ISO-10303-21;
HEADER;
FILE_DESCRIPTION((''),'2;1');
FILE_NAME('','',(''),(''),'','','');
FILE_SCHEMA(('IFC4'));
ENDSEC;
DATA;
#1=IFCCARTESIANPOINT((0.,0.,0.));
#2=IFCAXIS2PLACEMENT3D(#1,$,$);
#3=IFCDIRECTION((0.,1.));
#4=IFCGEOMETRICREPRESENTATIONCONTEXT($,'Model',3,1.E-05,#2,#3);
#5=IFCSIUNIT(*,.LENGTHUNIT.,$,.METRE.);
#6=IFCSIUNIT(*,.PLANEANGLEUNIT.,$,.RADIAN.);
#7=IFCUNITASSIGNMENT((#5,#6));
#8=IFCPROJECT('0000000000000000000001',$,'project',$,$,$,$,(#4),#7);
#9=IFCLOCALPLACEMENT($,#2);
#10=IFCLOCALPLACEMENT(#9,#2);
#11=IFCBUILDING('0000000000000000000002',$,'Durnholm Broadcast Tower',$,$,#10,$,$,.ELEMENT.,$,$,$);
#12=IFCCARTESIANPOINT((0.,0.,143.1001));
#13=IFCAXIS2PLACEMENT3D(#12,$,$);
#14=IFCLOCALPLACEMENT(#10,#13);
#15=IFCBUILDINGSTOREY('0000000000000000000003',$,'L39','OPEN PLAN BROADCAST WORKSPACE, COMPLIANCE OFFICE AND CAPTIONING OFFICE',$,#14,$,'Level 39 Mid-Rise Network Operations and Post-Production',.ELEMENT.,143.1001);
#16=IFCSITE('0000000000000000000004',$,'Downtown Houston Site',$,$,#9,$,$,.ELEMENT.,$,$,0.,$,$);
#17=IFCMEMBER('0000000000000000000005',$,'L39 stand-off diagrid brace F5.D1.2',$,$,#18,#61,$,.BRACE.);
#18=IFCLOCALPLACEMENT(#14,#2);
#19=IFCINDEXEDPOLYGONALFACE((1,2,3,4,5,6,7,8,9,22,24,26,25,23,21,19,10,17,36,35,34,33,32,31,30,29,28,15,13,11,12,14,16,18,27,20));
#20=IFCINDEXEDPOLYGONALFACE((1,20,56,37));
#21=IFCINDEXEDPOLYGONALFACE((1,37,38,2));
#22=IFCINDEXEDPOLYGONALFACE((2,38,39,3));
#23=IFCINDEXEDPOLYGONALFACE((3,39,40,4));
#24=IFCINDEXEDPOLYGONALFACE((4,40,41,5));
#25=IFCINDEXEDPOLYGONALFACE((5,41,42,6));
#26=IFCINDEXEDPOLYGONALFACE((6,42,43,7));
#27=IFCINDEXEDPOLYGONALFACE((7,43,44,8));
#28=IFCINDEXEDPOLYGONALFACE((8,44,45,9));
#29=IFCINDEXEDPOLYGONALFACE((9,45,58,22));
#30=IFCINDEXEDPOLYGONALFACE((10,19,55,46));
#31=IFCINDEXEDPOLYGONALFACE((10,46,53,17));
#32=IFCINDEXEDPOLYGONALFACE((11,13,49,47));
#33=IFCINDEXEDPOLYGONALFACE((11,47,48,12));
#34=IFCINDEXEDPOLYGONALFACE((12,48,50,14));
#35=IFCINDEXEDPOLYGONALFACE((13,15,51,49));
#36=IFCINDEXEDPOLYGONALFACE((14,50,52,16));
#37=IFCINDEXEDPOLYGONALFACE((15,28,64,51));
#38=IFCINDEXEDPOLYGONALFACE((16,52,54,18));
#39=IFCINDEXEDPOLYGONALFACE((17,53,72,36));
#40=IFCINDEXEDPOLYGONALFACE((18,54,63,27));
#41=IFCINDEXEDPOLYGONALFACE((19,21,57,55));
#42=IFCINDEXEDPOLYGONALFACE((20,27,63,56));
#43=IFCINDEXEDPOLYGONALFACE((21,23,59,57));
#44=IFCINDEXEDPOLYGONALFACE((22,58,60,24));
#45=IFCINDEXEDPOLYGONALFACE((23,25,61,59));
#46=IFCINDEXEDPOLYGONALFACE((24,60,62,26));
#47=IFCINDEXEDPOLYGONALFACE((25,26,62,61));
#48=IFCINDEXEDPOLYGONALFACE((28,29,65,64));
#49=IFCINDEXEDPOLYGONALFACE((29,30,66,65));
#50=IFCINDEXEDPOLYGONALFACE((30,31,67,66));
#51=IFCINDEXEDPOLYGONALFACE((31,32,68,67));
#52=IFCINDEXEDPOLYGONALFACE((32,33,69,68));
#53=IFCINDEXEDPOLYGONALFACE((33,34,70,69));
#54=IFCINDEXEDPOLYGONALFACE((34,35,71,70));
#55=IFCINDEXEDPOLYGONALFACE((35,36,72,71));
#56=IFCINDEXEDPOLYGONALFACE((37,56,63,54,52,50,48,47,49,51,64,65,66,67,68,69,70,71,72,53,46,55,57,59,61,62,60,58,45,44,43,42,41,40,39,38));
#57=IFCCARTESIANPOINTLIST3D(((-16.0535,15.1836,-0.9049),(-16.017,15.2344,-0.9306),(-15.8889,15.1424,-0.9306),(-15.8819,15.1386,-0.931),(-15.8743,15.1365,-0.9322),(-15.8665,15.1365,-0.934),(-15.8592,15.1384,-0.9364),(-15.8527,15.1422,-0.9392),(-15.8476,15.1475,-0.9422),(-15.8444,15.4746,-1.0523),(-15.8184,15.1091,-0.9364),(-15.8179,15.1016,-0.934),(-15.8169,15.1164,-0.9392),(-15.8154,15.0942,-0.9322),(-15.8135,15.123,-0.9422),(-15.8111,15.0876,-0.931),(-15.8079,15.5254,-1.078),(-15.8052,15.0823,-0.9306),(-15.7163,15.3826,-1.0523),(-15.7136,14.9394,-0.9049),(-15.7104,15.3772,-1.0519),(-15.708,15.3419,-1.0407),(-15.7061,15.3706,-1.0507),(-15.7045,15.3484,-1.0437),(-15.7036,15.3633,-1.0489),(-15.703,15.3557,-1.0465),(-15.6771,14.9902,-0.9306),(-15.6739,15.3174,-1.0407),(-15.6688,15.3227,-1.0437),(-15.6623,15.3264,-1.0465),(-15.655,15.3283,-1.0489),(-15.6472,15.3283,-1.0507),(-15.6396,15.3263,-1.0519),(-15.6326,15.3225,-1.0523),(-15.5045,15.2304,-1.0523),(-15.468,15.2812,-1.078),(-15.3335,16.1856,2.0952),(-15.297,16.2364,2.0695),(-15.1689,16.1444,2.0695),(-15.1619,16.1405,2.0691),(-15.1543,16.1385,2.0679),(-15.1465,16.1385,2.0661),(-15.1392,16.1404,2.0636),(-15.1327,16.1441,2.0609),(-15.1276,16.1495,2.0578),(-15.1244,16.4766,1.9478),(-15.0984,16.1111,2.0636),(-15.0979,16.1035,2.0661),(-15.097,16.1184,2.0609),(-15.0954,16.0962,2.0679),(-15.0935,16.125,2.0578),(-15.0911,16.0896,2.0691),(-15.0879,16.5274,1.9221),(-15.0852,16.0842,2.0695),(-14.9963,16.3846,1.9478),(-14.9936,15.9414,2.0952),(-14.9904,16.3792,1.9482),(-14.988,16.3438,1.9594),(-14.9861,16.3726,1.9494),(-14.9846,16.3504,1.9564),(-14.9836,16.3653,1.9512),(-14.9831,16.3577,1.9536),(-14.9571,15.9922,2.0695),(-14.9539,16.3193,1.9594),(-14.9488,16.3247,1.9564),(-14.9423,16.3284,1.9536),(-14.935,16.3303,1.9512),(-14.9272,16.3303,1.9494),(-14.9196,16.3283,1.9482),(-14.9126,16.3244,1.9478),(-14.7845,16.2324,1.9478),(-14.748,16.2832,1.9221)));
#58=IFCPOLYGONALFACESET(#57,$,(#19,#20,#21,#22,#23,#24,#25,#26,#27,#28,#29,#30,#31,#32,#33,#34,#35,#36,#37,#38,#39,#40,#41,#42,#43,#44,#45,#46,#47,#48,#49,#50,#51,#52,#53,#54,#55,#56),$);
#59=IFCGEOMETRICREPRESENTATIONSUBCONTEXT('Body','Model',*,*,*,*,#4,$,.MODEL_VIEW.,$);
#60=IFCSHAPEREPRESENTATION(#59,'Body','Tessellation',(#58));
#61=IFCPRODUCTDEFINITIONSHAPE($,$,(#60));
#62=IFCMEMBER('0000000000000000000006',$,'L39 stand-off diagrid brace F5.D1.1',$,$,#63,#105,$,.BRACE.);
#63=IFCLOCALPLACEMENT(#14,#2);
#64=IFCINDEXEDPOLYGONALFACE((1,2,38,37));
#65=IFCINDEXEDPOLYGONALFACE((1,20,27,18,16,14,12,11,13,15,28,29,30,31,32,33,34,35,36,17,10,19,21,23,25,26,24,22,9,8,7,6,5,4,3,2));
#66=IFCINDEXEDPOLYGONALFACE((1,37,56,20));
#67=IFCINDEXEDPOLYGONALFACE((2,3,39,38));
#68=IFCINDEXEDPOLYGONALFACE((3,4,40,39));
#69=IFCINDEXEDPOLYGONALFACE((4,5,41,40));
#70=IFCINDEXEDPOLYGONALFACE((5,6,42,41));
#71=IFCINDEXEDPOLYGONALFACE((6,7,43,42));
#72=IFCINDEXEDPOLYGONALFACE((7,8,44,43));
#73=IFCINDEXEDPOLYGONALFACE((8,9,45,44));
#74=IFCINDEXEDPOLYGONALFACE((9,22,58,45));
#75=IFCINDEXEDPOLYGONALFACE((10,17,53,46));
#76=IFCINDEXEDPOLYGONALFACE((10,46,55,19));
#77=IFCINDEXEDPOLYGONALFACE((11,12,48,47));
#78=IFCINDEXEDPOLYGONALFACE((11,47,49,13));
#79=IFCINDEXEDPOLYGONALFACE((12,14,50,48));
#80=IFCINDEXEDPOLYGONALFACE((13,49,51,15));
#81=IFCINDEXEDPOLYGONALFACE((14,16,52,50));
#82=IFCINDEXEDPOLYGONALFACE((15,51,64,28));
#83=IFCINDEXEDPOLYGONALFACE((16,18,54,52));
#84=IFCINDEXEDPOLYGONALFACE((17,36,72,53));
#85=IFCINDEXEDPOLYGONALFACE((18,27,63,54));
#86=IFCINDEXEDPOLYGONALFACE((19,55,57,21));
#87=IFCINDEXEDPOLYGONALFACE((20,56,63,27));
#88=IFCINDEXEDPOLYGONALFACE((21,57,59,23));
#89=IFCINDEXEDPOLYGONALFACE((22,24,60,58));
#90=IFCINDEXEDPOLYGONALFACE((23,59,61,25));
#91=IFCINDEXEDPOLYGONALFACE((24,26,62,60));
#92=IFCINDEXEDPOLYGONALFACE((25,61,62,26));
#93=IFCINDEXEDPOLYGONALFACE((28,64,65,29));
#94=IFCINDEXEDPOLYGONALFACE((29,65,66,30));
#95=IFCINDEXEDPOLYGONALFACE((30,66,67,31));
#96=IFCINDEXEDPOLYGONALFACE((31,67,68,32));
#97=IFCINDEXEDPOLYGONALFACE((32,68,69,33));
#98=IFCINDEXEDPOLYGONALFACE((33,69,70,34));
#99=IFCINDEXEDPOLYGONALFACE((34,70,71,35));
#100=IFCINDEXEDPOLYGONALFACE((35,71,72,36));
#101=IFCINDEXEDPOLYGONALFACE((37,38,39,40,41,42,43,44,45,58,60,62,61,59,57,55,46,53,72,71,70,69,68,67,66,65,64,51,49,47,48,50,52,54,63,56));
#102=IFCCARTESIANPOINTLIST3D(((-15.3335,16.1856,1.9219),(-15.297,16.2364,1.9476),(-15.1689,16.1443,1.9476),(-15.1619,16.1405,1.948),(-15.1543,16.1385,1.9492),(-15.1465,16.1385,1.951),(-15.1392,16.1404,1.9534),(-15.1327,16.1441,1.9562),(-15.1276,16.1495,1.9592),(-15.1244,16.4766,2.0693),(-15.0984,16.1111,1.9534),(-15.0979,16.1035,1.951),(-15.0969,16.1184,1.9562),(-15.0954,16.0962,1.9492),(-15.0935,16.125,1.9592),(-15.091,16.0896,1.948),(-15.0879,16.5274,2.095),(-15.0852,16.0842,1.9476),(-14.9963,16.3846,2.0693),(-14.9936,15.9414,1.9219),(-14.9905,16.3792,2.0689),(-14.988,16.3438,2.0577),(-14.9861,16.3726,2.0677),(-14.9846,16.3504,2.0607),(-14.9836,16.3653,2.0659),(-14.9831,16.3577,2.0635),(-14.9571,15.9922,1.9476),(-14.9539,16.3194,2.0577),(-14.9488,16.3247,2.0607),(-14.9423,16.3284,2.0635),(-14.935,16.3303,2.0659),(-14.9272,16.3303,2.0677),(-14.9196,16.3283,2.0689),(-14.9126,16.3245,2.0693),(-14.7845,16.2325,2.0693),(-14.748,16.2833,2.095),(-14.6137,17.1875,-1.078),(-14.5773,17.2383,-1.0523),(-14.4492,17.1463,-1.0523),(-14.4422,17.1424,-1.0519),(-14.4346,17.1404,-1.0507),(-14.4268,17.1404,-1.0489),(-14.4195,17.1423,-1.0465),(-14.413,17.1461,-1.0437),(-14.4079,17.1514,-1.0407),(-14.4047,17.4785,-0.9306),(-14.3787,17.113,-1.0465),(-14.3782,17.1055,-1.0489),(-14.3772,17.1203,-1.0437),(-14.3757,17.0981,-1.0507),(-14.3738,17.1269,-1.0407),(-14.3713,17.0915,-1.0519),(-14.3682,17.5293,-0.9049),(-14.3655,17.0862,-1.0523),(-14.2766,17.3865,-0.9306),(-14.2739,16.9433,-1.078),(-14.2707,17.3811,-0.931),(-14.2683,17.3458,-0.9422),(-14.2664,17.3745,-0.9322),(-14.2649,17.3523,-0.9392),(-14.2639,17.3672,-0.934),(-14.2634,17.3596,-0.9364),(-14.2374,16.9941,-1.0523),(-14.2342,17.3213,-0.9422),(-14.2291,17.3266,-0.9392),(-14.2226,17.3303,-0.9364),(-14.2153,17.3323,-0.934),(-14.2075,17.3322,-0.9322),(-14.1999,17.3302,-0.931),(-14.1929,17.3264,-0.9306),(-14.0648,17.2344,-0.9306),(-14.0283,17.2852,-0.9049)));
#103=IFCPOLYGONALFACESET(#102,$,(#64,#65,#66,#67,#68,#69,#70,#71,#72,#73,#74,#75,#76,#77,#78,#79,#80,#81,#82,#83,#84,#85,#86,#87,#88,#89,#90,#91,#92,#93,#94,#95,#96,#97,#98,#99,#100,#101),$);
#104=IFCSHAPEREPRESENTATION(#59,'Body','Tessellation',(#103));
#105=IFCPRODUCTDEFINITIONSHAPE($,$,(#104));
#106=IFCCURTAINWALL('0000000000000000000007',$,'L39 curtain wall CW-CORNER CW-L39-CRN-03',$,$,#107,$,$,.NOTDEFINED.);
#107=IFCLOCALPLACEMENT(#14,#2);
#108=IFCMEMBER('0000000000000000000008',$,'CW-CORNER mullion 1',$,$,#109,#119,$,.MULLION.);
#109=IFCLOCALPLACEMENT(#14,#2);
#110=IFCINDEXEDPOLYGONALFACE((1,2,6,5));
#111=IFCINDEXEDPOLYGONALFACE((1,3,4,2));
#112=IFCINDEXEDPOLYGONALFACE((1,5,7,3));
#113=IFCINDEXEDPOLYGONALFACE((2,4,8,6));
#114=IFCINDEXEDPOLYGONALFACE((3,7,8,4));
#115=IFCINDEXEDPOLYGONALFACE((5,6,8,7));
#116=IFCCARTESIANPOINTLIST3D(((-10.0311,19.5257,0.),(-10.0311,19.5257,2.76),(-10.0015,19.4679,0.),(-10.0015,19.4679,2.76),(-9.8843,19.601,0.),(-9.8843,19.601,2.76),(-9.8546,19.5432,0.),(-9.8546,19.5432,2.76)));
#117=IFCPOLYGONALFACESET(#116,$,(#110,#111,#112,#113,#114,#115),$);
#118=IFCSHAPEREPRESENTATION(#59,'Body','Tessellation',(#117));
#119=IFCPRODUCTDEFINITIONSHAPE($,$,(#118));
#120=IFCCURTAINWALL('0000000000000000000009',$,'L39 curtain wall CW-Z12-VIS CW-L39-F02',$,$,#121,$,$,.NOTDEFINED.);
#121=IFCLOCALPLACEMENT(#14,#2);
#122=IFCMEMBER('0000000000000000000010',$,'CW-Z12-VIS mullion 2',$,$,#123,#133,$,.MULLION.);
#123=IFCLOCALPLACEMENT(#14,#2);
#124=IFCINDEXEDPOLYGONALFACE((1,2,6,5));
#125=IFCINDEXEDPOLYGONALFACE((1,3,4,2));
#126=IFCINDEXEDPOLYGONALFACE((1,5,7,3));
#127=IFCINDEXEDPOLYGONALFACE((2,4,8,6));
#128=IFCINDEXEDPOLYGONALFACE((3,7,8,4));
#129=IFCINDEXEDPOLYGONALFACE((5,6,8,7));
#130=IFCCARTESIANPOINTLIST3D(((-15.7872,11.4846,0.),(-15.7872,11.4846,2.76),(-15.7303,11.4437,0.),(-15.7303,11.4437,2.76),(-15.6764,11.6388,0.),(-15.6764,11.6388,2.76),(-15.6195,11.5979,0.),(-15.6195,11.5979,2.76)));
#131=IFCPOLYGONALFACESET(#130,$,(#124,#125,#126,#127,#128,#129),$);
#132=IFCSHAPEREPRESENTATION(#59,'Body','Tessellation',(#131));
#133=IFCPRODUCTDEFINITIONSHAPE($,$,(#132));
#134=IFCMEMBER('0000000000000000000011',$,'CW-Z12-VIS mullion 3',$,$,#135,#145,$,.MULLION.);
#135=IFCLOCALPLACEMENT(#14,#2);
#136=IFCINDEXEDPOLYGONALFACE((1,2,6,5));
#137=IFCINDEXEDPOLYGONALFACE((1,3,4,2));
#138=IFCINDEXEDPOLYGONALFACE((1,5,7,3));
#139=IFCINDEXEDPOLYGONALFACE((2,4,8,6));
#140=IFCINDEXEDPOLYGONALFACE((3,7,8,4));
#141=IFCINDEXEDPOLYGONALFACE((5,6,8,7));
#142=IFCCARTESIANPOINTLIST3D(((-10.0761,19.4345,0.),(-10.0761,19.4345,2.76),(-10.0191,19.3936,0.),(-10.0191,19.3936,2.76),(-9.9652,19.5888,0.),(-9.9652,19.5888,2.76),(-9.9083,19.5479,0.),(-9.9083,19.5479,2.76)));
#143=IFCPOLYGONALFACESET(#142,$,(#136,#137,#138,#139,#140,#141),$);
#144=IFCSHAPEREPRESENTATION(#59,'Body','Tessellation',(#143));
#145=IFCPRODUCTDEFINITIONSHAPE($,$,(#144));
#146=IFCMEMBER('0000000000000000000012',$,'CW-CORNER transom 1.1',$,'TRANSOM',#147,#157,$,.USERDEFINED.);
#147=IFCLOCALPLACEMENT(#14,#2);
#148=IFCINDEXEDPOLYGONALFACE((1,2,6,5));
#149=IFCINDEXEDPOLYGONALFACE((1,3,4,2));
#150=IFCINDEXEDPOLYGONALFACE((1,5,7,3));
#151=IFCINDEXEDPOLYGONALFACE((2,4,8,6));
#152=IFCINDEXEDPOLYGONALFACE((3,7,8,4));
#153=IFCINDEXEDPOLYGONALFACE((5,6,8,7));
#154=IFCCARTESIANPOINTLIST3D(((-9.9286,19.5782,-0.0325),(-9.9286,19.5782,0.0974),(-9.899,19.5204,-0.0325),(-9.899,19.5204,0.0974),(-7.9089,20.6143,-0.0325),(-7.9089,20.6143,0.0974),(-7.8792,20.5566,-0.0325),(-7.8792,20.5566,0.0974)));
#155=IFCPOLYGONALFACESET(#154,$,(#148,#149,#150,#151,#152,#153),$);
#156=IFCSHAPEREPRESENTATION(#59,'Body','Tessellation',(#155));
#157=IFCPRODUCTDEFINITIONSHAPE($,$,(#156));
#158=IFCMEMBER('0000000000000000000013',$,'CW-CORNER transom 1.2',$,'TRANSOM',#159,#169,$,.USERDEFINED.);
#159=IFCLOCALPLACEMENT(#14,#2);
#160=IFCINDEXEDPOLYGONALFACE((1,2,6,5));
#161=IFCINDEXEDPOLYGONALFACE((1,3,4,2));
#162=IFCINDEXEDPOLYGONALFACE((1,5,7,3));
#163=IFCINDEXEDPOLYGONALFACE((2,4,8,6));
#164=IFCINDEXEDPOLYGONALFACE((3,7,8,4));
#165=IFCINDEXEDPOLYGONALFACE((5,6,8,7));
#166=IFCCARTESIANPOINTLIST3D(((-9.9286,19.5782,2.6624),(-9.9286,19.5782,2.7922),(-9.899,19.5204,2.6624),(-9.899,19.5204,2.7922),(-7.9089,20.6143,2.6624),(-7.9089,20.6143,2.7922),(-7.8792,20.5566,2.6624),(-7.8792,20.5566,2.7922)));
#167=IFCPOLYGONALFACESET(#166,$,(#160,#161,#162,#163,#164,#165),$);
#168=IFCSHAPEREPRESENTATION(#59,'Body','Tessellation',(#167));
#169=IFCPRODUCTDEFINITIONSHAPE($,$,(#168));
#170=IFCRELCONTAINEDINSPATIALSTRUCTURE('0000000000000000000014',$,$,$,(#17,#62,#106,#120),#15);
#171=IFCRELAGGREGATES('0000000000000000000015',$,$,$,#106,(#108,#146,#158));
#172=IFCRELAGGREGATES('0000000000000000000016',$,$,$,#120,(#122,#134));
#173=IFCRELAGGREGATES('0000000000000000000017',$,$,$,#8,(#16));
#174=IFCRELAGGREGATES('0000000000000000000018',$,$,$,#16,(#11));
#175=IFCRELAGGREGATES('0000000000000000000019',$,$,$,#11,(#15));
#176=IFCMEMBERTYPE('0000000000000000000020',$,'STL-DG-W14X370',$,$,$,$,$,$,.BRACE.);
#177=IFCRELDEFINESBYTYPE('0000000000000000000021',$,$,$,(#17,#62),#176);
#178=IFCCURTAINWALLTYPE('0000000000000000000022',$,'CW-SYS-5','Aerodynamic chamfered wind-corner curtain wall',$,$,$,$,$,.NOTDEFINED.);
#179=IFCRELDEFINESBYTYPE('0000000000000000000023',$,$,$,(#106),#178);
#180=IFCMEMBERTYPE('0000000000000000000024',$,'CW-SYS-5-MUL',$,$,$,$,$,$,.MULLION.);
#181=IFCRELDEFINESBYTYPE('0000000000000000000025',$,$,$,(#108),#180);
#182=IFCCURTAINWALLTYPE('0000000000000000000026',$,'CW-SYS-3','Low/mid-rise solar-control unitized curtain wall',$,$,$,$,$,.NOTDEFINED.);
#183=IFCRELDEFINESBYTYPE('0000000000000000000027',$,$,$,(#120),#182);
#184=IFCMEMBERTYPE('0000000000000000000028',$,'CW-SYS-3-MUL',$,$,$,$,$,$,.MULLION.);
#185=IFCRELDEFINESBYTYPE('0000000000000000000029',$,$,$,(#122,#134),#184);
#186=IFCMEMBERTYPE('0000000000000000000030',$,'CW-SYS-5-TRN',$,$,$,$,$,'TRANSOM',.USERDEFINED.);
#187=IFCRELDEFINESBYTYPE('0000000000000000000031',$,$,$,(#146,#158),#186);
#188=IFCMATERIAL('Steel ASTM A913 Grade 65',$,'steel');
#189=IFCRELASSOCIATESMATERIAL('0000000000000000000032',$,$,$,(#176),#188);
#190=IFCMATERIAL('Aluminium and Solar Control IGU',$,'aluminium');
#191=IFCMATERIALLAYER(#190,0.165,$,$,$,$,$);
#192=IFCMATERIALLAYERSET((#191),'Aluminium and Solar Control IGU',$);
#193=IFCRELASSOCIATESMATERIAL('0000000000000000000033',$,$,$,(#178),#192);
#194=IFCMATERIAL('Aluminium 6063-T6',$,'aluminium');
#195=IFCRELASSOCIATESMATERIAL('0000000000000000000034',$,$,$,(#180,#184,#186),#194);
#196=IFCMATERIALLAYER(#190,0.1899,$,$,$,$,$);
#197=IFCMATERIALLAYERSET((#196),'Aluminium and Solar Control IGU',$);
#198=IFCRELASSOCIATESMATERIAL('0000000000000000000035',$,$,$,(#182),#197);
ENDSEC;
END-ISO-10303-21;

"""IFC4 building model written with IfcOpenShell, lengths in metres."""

from ifc_helpers import new_model, si_unit, direction, frame, origin, origin_2d, place, context, subcontext, project, spatial, rectangle, i_section, extrude, source, transform, mapped, material, layer, layer_set, material_profile, profile_set, type_object, type_shapes, element, aggregate, save


model = new_model("IFC4")

# Units and contexts
model_context = context("Model", 3, precision=1e-05, world=origin(), true_north=direction((0.0, 1.0)))
body_context = subcontext(model_context, "Body", "Model", "MODEL_VIEW")
ifc_project = project(units=[si_unit("LENGTHUNIT", "METRE"), si_unit("PLANEANGLEUNIT", "RADIAN")], contexts=[model_context])

# Site, building, storey
site_placement = place(None, origin())
site = spatial("IfcSite", under=ifc_project, at=site_placement, Name="Downtown Houston Site", CompositionType="ELEMENT", RefElevation=0.0)
building_placement = place(site_placement, origin())
building = spatial("IfcBuilding", under=site, at=building_placement, Name="Durnholm Broadcast Tower", CompositionType="ELEMENT")
storey_placement = place(building_placement, frame((0.0, 0.0, 143.1001)))
storey = spatial("IfcBuildingStorey", under=building, at=storey_placement, Name="L39", Description="OPEN PLAN BROADCAST WORKSPACE, COMPLIANCE OFFICE AND CAPTIONING OFFICE", LongName="Level 39 Mid-Rise Network Operations and Post-Production", CompositionType="ELEMENT", Elevation=143.1001)

# Members
ifc_material_1 = material(Name="Steel ASTM A913 Grade 65", Category="steel")
ifc_material_profile_1 = material_profile(ifc_material_1, i_section(OverallWidth=0.4185, OverallDepth=0.4551, WebThickness=0.042, FlangeThickness=0.0676, FilletRadius=0.0305, at=origin_2d()), Name="W14X370")
ifc_profile_set_1 = profile_set([ifc_material_profile_1], Name="Steel ASTM A913 Grade 65")
member_type_1 = type_object("IfcMemberType", Name="STL-DG-W14X370", PredefinedType="BRACE", material=ifc_profile_set_1)
shared_shape_1 = source(origin(), body_context, "Body", "SweptSolid", [
    extrude(i_section(OverallWidth=0.4185, OverallDepth=0.4551, WebThickness=0.042, FlangeThickness=0.0676, FilletRadius=0.0305, at=origin_2d()), origin(), (0.0, 0.0, 1.0), 3.2439),
])
member_1_placement = place(storey_placement, frame((-15.7607, 15.2324, -0.9915), z_axis=(0.221953, 0.308882, 0.92484), x_axis=(-0.812086, 0.583538, 0.0)))
element("IfcMember", 1, at=member_1_placement, inside=storey, type_object=member_type_1, Name="L39 stand-off diagrid brace F5.D1.2", PredefinedType="BRACE", context=body_context, shape_type="MappedRepresentation", body=[
    mapped(shared_shape_1, transform((0.0, 0.0, 0.0), x_axis=(1.0, 0.0, 0.0), y_axis=(0.0, 1.0, 0.0), z_axis=(0.0, 0.0, 1.0), scale=1.0)),
])
shared_shape_2 = source(origin(), body_context, "Body", "SweptSolid", [
    extrude(i_section(OverallWidth=0.4185, OverallDepth=0.4551, WebThickness=0.042, FlangeThickness=0.0676, FilletRadius=0.0305, at=origin_2d()), origin(), (0.0, 0.0, 1.0), 3.2437),
])
type_shapes(member_type_1, [shared_shape_1, shared_shape_2])
member_2_placement = place(storey_placement, frame((-14.321, 17.2363, -0.9915), z_axis=(-0.221881, -0.308887, 0.924855), x_axis=(0.812179, -0.583408, 0.0)))
element("IfcMember", 2, at=member_2_placement, inside=storey, type_object=member_type_1, Name="L39 stand-off diagrid brace F5.D1.1", PredefinedType="BRACE", context=body_context, shape_type="MappedRepresentation", body=[
    mapped(shared_shape_2, transform((0.0, 0.0, 0.0), x_axis=(1.0, 0.0, 0.0), y_axis=(0.0, 1.0, 0.0), z_axis=(0.0, 0.0, 1.0), scale=1.0)),
])

# Curtain wall, member
ifc_material_2 = material(Name="Aluminium and Solar Control IGU", Category="aluminium")
ifc_layer_1 = layer(ifc_material_2, 0.165)
ifc_layer_set_1 = layer_set([ifc_layer_1], Name="Aluminium and Solar Control IGU")
curtain_wall_type_1 = type_object("IfcCurtainWallType", Name="CW-SYS-5", Description="Aerodynamic chamfered wind-corner curtain wall", PredefinedType="NOTDEFINED", material=ifc_layer_set_1)
curtain_wall_1_placement = place(storey_placement, origin())
curtain_wall_1 = element("IfcCurtainWall", 3, at=curtain_wall_1_placement, inside=storey, type_object=curtain_wall_type_1, Name="L39 curtain wall CW-CORNER CW-L39-CRN-03", PredefinedType="NOTDEFINED")
ifc_material_3 = material(Name="Aluminium 6063-T6", Category="aluminium")
ifc_material_profile_2 = material_profile(ifc_material_3, rectangle(XDim=0.0649, YDim=0.165, at=origin_2d()), Name="CWM65X165")
ifc_profile_set_2 = profile_set([ifc_material_profile_2], Name="Aluminium 6063-T6")
member_type_2 = type_object("IfcMemberType", Name="CW-SYS-5-MUL", PredefinedType="MULLION", material=ifc_profile_set_2)
shared_shape_3 = source(origin(), body_context, "Body", "SweptSolid", [
    extrude(rectangle(XDim=0.0649, YDim=0.165, at=origin_2d()), origin(), (0.0, 0.0, 1.0), 2.76),
])
type_shapes(member_type_2, [shared_shape_3])
member_3_placement = place(storey_placement, frame((-9.9429, 19.5344, 0.0), z_axis=(0.0, 0.0, 1.0), x_axis=(-0.456373, 0.889788, 0.0)))
member_3 = element("IfcMember", 4, at=member_3_placement, type_object=member_type_2, Name="CW-CORNER mullion 1", PredefinedType="MULLION", context=body_context, shape_type="MappedRepresentation", body=[
    mapped(shared_shape_3, transform((0.0, 0.0, 0.0), x_axis=(1.0, 0.0, 0.0), y_axis=(0.0, 1.0, 0.0), z_axis=(0.0, 0.0, 1.0), scale=1.0)),
])

# Curtain wall, members
ifc_layer_2 = layer(ifc_material_2, 0.1899)
ifc_layer_set_2 = layer_set([ifc_layer_2], Name="Aluminium and Solar Control IGU")
curtain_wall_type_2 = type_object("IfcCurtainWallType", Name="CW-SYS-3", Description="Low/mid-rise solar-control unitized curtain wall", PredefinedType="NOTDEFINED", material=ifc_layer_set_2)
curtain_wall_2_placement = place(storey_placement, origin())
curtain_wall_2 = element("IfcCurtainWall", 5, at=curtain_wall_2_placement, inside=storey, type_object=curtain_wall_type_2, Name="L39 curtain wall CW-Z12-VIS CW-L39-F02", PredefinedType="NOTDEFINED")
ifc_material_profile_3 = material_profile(ifc_material_3, rectangle(XDim=0.0701, YDim=0.1899, at=origin_2d()), Name="CWM70X190")
ifc_profile_set_3 = profile_set([ifc_material_profile_3], Name="Aluminium 6063-T6")
member_type_3 = type_object("IfcMemberType", Name="CW-SYS-3-MUL", PredefinedType="MULLION", material=ifc_profile_set_3)
shared_shape_4 = source(origin(), body_context, "Body", "SweptSolid", [
    extrude(rectangle(XDim=0.0701, YDim=0.1899, at=origin_2d()), origin(), (0.0, 0.0, 1.0), 2.76),
])
type_shapes(member_type_3, [shared_shape_4])
member_4_placement = place(storey_placement, frame((-15.7034, 11.5413, 0.0), z_axis=(0.0, 0.0, 1.0), x_axis=(-0.812152, 0.583445, 0.0)))
member_4 = element("IfcMember", 6, at=member_4_placement, type_object=member_type_3, Name="CW-Z12-VIS mullion 2", PredefinedType="MULLION", context=body_context, shape_type="MappedRepresentation", body=[
    mapped(shared_shape_4, transform((0.0, 0.0, 0.0), x_axis=(1.0, 0.0, 0.0), y_axis=(0.0, 1.0, 0.0), z_axis=(0.0, 0.0, 1.0), scale=1.0)),
])
member_5_placement = place(storey_placement, frame((-9.9922, 19.4912, 0.0), z_axis=(0.0, 0.0, 1.0), x_axis=(-0.812152, 0.583445, 0.0)))
member_5 = element("IfcMember", 7, at=member_5_placement, type_object=member_type_3, Name="CW-Z12-VIS mullion 3", PredefinedType="MULLION", context=body_context, shape_type="MappedRepresentation", body=[
    mapped(shared_shape_4, transform((0.0, 0.0, 0.0), x_axis=(1.0, 0.0, 0.0), y_axis=(0.0, 1.0, 0.0), z_axis=(0.0, 0.0, 1.0), scale=1.0)),
])

# Members
ifc_material_profile_4 = material_profile(ifc_material_3, rectangle(XDim=0.0649, YDim=0.1299, at=origin_2d()), Name="CWT65X130")
ifc_profile_set_4 = profile_set([ifc_material_profile_4], Name="Aluminium 6063-T6")
member_type_4 = type_object("IfcMemberType", Name="CW-SYS-5-TRN", ElementType="TRANSOM", PredefinedType="USERDEFINED", material=ifc_profile_set_4)
shared_shape_5 = source(origin(), body_context, "Body", "SweptSolid", [
    extrude(rectangle(XDim=0.0649, YDim=0.1299, at=origin_2d()), origin(), (0.0, 0.0, 1.0), 2.27),
])
type_shapes(member_type_4, [shared_shape_5])
member_6_placement = place(storey_placement, frame((-9.9138, 19.5493, 0.0325), z_axis=(0.889755, 0.456439, 0.0), x_axis=(-0.456439, 0.889755, 0.0)))
member_6 = element("IfcMember", 8, at=member_6_placement, type_object=member_type_4, Name="CW-CORNER transom 1.1", ObjectType="TRANSOM", PredefinedType="USERDEFINED", context=body_context, shape_type="MappedRepresentation", body=[
    mapped(shared_shape_5, transform((0.0, 0.0, 0.0), x_axis=(1.0, 0.0, 0.0), y_axis=(0.0, 1.0, 0.0), z_axis=(0.0, 0.0, 1.0), scale=1.0)),
])
member_7_placement = place(storey_placement, frame((-9.9138, 19.5493, 2.7273), z_axis=(0.889755, 0.456439, 0.0), x_axis=(-0.456439, 0.889755, 0.0)))
member_7 = element("IfcMember", 9, at=member_7_placement, type_object=member_type_4, Name="CW-CORNER transom 1.2", ObjectType="TRANSOM", PredefinedType="USERDEFINED", context=body_context, shape_type="MappedRepresentation", body=[
    mapped(shared_shape_5, transform((0.0, 0.0, 0.0), x_axis=(1.0, 0.0, 0.0), y_axis=(0.0, 1.0, 0.0), z_axis=(0.0, 0.0, 1.0), scale=1.0)),
])
aggregate(curtain_wall_1, [member_3, member_6, member_7])

aggregate(curtain_wall_2, [member_4, member_5])

save(model, "model.ifc")
